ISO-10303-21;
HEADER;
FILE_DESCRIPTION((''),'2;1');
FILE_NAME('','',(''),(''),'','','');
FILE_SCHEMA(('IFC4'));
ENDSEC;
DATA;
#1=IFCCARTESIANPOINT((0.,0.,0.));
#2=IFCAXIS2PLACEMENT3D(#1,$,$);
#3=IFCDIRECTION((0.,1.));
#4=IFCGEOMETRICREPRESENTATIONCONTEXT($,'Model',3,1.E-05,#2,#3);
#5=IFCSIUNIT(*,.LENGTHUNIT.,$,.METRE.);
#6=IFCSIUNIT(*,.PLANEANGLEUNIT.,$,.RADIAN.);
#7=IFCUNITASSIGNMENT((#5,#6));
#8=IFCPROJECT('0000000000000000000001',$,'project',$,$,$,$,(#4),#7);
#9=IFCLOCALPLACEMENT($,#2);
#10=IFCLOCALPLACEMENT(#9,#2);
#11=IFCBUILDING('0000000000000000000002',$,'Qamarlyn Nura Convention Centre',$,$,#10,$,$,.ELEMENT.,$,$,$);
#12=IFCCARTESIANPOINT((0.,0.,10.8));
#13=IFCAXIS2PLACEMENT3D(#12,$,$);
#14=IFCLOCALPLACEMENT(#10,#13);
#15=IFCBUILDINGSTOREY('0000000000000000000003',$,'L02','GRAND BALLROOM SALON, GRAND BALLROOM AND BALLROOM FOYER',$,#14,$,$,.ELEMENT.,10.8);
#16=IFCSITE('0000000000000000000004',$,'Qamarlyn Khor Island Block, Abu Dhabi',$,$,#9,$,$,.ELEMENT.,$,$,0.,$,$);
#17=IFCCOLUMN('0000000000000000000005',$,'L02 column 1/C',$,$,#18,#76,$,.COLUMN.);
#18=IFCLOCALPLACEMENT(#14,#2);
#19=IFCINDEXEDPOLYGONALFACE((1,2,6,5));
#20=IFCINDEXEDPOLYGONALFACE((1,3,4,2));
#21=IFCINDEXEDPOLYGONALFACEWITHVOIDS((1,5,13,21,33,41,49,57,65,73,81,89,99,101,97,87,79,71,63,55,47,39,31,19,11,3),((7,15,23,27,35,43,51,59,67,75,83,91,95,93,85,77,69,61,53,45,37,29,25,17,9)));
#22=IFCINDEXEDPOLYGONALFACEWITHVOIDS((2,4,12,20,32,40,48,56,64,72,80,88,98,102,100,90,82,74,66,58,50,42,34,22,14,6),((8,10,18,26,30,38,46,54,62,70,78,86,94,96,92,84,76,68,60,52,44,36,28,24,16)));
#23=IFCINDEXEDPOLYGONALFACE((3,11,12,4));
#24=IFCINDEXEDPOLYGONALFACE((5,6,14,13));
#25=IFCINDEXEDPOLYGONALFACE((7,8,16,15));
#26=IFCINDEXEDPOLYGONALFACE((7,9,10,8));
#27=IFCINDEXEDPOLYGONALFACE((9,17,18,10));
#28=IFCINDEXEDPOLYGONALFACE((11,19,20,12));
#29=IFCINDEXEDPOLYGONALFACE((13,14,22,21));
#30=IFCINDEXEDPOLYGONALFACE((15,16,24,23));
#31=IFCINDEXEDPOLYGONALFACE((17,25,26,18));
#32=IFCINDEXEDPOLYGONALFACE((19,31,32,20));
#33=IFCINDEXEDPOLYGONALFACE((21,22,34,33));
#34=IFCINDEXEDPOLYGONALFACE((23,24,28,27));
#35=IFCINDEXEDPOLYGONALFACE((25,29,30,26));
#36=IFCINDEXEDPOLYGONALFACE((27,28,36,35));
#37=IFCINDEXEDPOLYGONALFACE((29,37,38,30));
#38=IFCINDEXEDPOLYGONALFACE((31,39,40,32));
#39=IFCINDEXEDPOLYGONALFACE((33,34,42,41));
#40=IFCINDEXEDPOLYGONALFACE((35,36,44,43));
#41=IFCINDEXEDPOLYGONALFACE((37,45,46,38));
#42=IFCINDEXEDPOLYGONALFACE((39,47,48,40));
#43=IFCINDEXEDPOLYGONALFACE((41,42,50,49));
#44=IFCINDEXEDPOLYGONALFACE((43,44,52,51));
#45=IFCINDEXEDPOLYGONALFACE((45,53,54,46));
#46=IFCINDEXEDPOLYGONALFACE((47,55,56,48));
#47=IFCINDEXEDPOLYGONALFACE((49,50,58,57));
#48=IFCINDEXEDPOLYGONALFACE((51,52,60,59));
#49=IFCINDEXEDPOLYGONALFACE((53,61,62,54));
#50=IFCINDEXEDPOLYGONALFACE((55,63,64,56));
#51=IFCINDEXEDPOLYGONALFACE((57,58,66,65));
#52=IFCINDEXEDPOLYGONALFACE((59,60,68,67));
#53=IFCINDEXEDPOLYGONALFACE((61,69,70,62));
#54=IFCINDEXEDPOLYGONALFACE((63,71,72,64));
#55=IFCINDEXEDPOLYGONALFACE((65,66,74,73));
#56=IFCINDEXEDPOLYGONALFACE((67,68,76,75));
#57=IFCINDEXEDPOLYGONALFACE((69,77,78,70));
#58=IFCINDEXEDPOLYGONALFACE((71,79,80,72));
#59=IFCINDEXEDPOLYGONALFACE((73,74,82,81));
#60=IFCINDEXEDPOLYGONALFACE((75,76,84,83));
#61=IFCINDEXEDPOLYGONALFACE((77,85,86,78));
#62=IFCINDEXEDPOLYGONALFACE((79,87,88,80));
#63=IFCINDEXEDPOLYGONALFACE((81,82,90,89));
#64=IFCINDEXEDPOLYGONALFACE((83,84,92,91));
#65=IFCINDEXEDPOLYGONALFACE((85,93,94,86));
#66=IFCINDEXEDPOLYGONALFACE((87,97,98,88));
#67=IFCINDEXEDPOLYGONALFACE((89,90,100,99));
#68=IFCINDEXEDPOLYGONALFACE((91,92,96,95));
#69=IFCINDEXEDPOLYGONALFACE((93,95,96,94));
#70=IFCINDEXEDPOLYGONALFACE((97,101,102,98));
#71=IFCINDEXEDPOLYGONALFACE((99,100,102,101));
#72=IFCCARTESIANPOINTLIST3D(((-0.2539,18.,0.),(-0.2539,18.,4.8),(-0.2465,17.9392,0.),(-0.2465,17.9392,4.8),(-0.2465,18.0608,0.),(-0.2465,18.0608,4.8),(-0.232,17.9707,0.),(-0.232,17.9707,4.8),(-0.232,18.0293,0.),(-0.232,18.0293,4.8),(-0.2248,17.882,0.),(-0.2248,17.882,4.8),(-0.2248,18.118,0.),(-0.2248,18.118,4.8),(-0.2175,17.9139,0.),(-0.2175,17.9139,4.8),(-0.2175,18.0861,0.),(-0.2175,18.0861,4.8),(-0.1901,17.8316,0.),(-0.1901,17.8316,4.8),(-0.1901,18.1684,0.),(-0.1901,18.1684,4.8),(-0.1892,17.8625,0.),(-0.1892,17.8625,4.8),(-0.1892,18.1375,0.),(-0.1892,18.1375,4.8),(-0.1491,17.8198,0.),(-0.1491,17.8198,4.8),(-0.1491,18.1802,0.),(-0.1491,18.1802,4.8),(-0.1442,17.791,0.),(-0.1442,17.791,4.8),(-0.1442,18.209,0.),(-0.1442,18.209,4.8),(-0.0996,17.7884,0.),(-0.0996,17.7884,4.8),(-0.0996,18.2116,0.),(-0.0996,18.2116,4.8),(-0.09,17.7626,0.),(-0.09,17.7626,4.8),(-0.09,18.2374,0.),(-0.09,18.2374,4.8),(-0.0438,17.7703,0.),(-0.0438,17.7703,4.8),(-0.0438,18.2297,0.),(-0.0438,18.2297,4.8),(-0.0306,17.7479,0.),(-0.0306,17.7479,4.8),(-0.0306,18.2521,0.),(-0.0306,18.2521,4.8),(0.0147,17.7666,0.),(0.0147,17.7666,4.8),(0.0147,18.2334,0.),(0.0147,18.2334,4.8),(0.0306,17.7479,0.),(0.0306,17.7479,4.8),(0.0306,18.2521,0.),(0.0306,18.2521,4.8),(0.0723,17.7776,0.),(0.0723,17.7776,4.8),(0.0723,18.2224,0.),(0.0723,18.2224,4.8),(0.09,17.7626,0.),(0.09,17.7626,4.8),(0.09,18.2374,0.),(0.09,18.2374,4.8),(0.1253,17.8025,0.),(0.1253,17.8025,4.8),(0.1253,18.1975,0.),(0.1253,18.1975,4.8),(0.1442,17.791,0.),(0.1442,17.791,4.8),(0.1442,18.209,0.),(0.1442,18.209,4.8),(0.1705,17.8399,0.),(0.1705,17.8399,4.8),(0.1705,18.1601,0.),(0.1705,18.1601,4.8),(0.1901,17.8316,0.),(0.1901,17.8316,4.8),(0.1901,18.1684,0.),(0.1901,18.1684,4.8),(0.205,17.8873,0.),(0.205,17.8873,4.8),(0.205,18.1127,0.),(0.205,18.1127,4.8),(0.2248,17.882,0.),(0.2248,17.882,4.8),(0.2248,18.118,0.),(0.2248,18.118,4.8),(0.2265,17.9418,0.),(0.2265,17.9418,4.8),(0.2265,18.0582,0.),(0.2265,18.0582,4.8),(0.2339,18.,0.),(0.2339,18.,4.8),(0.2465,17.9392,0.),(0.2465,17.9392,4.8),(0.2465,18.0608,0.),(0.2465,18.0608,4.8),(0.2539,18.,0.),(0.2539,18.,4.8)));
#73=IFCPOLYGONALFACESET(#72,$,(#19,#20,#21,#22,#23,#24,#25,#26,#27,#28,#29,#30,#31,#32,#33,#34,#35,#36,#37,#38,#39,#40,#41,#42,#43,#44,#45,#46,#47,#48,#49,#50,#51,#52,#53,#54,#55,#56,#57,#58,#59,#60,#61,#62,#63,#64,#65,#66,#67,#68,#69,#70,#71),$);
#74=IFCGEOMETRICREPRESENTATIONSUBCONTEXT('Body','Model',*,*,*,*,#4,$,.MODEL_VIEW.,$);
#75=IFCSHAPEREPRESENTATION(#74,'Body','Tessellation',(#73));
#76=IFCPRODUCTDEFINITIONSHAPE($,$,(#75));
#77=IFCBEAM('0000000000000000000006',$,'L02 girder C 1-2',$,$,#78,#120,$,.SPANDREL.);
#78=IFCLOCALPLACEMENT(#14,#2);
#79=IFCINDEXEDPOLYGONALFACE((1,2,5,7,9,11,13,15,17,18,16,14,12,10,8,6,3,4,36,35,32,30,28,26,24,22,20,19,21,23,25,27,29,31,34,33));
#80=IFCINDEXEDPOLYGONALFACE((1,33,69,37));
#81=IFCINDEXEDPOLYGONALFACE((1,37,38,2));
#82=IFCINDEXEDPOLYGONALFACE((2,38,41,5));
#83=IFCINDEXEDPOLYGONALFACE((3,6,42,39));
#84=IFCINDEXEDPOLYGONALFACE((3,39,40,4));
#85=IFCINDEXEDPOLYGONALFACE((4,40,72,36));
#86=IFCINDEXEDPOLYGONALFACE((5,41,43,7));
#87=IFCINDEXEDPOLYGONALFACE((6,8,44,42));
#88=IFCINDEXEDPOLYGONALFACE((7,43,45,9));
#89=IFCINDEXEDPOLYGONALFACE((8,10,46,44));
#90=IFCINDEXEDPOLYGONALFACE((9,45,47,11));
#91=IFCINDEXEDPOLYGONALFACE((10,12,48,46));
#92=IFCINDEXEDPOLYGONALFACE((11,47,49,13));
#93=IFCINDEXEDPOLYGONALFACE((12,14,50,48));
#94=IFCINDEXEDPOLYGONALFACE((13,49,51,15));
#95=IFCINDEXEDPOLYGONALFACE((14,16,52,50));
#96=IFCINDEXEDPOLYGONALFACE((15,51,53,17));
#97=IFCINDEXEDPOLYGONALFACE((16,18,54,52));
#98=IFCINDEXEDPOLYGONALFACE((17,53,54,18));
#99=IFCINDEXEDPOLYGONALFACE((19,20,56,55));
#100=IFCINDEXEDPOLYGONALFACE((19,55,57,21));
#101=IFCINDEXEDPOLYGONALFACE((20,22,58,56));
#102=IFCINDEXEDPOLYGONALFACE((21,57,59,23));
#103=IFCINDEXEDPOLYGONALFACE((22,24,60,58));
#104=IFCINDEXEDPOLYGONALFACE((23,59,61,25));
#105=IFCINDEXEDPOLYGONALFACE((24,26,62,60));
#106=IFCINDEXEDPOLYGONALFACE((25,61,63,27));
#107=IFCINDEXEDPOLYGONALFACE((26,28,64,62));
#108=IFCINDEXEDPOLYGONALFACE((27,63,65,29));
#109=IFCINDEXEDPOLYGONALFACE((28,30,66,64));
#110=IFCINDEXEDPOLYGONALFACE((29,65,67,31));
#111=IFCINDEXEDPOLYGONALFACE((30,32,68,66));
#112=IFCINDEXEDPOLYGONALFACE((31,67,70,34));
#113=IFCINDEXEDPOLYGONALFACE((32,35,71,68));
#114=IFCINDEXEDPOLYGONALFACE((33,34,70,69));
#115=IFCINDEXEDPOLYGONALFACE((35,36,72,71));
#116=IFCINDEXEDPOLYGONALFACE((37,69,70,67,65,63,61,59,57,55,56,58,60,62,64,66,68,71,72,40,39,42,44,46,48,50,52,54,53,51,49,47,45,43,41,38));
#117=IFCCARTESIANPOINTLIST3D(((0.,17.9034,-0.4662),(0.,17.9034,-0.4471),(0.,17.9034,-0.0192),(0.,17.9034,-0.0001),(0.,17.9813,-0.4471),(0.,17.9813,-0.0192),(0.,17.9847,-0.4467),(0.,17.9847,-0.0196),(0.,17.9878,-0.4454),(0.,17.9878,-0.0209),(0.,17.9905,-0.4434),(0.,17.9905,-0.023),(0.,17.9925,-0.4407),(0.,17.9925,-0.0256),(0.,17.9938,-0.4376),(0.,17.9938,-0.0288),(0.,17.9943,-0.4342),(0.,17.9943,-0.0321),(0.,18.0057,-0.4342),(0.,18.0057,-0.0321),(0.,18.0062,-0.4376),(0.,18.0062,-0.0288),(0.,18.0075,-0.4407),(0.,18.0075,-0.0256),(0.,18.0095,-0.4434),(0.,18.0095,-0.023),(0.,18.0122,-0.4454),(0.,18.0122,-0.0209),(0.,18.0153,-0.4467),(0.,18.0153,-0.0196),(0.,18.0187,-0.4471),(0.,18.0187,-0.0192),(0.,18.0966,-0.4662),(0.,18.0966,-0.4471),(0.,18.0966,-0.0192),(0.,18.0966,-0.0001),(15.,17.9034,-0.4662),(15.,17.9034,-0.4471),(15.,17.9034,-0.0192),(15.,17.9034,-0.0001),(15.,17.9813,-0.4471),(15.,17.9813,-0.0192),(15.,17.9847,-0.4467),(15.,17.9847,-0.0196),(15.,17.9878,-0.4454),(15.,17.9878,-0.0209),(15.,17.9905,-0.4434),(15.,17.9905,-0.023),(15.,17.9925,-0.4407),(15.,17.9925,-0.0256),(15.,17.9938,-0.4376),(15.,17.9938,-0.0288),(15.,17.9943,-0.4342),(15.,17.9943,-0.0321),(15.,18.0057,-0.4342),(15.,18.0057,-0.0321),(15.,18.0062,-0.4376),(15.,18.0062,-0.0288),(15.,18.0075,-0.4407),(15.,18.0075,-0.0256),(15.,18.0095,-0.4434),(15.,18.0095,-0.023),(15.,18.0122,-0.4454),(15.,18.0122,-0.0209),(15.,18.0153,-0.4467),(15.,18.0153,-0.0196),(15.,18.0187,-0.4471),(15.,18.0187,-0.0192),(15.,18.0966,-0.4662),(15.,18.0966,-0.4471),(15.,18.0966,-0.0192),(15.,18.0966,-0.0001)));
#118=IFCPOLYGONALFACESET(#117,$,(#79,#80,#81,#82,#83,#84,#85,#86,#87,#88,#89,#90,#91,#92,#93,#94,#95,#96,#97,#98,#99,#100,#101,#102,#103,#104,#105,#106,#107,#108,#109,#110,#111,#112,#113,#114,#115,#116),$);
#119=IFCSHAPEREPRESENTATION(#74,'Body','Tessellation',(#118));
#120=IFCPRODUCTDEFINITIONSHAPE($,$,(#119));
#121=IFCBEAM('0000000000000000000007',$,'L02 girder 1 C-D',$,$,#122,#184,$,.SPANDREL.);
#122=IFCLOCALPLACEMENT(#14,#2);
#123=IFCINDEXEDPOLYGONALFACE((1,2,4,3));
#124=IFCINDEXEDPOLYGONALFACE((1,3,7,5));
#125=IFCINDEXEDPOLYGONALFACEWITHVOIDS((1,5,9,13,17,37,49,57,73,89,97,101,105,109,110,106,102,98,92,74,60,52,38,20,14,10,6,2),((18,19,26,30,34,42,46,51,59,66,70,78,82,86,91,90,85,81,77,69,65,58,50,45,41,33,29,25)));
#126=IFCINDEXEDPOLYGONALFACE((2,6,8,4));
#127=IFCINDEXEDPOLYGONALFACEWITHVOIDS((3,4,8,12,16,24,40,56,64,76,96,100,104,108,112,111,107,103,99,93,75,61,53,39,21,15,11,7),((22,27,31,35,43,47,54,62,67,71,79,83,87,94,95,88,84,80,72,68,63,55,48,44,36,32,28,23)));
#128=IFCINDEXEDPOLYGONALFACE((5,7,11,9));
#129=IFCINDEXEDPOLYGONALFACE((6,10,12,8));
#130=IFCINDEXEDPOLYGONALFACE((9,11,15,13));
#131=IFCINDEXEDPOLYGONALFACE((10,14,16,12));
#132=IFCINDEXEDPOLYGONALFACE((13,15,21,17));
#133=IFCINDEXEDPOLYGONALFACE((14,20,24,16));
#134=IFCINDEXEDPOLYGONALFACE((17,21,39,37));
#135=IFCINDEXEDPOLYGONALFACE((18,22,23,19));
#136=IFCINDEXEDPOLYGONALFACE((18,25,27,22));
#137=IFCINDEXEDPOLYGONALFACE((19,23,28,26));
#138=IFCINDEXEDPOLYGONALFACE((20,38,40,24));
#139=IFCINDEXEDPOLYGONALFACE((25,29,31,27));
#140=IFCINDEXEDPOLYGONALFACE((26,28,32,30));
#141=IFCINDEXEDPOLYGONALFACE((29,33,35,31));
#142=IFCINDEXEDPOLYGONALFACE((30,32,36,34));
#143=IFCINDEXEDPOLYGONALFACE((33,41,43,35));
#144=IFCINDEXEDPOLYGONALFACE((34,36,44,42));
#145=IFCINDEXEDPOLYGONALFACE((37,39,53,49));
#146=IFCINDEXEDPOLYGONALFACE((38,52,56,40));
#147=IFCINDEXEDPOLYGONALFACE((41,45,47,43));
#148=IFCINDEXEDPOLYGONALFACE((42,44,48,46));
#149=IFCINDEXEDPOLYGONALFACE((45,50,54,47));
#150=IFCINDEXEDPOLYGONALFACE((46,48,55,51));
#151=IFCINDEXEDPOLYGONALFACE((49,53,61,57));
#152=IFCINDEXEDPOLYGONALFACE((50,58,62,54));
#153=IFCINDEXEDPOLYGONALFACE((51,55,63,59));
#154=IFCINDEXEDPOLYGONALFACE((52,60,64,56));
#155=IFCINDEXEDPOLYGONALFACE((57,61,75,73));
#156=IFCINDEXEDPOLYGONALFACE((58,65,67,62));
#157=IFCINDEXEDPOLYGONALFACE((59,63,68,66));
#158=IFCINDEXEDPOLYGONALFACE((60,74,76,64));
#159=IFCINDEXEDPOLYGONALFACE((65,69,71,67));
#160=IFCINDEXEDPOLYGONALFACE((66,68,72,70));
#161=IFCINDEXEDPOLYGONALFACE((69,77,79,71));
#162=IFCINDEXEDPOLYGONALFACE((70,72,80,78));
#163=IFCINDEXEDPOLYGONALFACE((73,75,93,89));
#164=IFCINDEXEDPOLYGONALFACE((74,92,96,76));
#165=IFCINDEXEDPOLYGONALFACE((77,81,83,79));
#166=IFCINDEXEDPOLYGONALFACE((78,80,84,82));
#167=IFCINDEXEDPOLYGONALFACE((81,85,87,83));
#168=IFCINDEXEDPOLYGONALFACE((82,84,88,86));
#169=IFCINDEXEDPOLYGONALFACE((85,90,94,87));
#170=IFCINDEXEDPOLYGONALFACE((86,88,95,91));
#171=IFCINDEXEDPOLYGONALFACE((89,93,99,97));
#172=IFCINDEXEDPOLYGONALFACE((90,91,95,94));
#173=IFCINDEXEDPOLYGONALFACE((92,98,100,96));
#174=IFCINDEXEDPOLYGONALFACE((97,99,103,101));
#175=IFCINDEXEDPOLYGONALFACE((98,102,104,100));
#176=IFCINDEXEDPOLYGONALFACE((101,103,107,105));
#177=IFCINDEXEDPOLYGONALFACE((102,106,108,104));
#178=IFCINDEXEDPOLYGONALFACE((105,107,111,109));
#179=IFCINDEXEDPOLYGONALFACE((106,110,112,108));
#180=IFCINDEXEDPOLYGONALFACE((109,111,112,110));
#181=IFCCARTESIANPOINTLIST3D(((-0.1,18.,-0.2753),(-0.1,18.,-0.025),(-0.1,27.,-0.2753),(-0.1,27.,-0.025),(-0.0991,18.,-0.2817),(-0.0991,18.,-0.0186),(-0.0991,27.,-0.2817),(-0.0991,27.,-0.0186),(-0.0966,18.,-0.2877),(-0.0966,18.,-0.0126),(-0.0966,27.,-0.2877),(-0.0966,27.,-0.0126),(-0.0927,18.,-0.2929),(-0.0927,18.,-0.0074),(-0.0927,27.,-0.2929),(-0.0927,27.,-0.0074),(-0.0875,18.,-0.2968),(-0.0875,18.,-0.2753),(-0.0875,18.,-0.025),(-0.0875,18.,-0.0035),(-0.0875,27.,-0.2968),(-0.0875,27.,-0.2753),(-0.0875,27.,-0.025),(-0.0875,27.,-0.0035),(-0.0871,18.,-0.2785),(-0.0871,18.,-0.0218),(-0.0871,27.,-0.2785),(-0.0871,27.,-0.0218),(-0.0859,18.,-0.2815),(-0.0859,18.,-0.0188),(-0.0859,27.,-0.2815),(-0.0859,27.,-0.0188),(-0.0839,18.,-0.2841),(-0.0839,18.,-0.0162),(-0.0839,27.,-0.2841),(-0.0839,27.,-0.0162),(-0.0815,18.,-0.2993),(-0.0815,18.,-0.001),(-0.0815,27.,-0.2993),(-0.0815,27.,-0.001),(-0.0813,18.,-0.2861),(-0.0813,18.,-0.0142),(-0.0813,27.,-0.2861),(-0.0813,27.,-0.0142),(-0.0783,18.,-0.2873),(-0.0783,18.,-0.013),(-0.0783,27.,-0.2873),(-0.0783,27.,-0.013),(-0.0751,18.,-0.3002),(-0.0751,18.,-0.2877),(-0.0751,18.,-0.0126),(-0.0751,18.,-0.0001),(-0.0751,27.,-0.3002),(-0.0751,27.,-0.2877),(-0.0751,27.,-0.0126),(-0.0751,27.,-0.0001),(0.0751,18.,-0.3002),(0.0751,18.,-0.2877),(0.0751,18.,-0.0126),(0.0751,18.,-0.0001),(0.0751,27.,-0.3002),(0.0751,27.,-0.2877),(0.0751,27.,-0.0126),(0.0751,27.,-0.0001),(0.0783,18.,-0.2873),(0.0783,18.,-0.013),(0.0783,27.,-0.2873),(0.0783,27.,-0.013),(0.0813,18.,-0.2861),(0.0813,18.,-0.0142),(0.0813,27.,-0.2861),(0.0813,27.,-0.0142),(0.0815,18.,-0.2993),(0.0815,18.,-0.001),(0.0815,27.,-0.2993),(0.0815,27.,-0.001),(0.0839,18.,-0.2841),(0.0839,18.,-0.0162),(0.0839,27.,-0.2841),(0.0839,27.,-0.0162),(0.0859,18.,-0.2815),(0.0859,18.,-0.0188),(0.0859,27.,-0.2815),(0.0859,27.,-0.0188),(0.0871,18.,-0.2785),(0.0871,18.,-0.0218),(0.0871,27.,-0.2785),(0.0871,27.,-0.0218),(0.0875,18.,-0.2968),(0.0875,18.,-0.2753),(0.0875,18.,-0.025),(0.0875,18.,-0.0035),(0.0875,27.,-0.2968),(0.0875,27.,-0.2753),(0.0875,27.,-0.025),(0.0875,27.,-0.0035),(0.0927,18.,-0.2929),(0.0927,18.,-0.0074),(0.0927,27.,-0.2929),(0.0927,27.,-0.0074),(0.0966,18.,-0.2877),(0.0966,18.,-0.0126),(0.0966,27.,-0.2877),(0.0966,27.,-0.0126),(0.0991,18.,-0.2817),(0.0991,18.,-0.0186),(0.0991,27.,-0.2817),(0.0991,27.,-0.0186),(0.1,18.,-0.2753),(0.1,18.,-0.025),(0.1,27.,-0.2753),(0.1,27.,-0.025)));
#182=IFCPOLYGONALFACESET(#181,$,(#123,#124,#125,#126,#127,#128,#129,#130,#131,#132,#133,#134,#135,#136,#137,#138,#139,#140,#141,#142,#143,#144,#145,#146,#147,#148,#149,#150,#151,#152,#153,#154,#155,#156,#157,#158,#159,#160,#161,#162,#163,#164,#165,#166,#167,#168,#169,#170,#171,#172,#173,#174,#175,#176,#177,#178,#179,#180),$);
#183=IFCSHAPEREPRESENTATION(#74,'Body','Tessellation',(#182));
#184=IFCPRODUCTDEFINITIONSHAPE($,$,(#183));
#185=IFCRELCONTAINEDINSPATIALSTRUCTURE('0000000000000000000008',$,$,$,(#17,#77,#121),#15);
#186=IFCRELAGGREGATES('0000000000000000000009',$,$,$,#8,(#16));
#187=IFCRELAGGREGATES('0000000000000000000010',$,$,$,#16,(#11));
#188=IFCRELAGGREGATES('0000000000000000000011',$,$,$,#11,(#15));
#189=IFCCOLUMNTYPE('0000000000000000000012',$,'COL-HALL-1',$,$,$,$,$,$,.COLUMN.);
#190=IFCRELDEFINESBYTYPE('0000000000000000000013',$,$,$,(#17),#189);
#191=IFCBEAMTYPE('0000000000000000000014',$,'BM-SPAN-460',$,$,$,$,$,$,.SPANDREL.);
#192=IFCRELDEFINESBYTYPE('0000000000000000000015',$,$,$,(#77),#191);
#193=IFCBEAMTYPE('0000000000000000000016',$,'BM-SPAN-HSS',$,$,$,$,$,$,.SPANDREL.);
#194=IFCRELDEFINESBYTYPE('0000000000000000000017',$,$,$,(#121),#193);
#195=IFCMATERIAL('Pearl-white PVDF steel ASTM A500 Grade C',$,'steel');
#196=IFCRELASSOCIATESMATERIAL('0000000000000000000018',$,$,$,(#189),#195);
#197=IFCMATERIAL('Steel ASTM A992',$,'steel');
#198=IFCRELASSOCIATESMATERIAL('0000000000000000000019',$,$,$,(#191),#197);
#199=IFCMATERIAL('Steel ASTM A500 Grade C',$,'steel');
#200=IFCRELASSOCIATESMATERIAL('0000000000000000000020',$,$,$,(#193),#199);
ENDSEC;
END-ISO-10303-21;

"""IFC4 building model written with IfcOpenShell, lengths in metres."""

from ifc_helpers import new_model, si_unit, direction, frame, origin, origin_2d, place, context, subcontext, project, spatial, hollow_rectangle, hollow_circle, i_section, extrude, material, material_profile, profile_set, type_object, element, save


model = new_model("IFC4")

# Units and contexts
model_context = context("Model", 3, precision=1e-05, world=origin(), true_north=direction((0.0, 1.0)))
body_context = subcontext(model_context, "Body", "Model", "MODEL_VIEW")
ifc_project = project(units=[si_unit("LENGTHUNIT", "METRE"), si_unit("PLANEANGLEUNIT", "RADIAN")], contexts=[model_context])

# Site, building, storey
site_placement = place(None, origin())
site = spatial("IfcSite", under=ifc_project, at=site_placement, Name="Qamarlyn Khor Island Block, Abu Dhabi", CompositionType="ELEMENT", RefElevation=0.0)
building_placement = place(site_placement, origin())
building = spatial("IfcBuilding", under=site, at=building_placement, Name="Qamarlyn Nura Convention Centre", CompositionType="ELEMENT")
storey_placement = place(building_placement, frame((0.0, 0.0, 10.8)))
storey = spatial("IfcBuildingStorey", under=building, at=storey_placement, Name="L02", Description="GRAND BALLROOM SALON, GRAND BALLROOM AND BALLROOM FOYER", CompositionType="ELEMENT", Elevation=10.8)

# Column
ifc_material_1 = material(Name="Pearl-white PVDF steel ASTM A500 Grade C", Category="steel")
ifc_material_profile_1 = material_profile(ifc_material_1, hollow_circle(Radius=0.2539, WallThickness=0.02, at=origin_2d()), Name="CHS508X20")
ifc_profile_set_1 = profile_set([ifc_material_profile_1], Name="Pearl-white PVDF steel ASTM A500 Grade C")
column_type = type_object("IfcColumnType", Name="COL-HALL-1", PredefinedType="COLUMN", material=ifc_profile_set_1)
column_placement = place(storey_placement, frame((0.0, 18.0, 0.0), z_axis=(0.0, 0.0, 1.0), x_axis=(1.0, 0.0, 0.0)))
element("IfcColumn", 1, at=column_placement, inside=storey, type_object=column_type, Name="L02 column 1/C", PredefinedType="COLUMN", context=body_context, shape_type="SweptSolid", body=[
    extrude(hollow_circle(Radius=0.2539, WallThickness=0.02, at=origin_2d()), origin(), (0.0, 0.0, 1.0), 4.8),
])

# Beams
ifc_material_2 = material(Name="Steel ASTM A992", Category="steel")
ifc_material_profile_2 = material_profile(ifc_material_2, i_section(OverallWidth=0.1931, OverallDepth=0.4661, WebThickness=0.0115, FlangeThickness=0.019, FilletRadius=0.0129, at=origin_2d()), Name="W460X97")
ifc_profile_set_2 = profile_set([ifc_material_profile_2], Name="Steel ASTM A992")
beam_type_1 = type_object("IfcBeamType", Name="BM-SPAN-460", PredefinedType="SPANDREL", material=ifc_profile_set_2)
beam_1_placement = place(storey_placement, frame((0.0, 18.0, -0.2332), z_axis=(1.0, 0.0, 0.0), x_axis=(0.0, 1.0, 0.0)))
element("IfcBeam", 2, at=beam_1_placement, inside=storey, type_object=beam_type_1, Name="L02 girder C 1-2", PredefinedType="SPANDREL", context=body_context, shape_type="SweptSolid", body=[
    extrude(i_section(OverallWidth=0.1931, OverallDepth=0.4661, WebThickness=0.0115, FlangeThickness=0.019, FilletRadius=0.0129, at=origin_2d()), origin(), (0.0, 0.0, 1.0), 15.0),
])
ifc_material_3 = material(Name="Steel ASTM A500 Grade C", Category="steel")
ifc_material_profile_3 = material_profile(ifc_material_3, hollow_rectangle(XDim=0.2, YDim=0.3, WallThickness=0.0125, InnerFilletRadius=0.0125, OuterFilletRadius=0.0249, at=origin_2d()), Name="HSS300X200X12.5")
ifc_profile_set_3 = profile_set([ifc_material_profile_3], Name="Steel ASTM A500 Grade C")
beam_type_2 = type_object("IfcBeamType", Name="BM-SPAN-HSS", PredefinedType="SPANDREL", material=ifc_profile_set_3)
beam_2_placement = place(storey_placement, frame((0.0, 18.0, -0.1501), z_axis=(0.0, 1.0, 0.0), x_axis=(-1.0, 0.0, 0.0)))
element("IfcBeam", 3, at=beam_2_placement, inside=storey, type_object=beam_type_2, Name="L02 girder 1 C-D", PredefinedType="SPANDREL", context=body_context, shape_type="SweptSolid", body=[
    extrude(hollow_rectangle(XDim=0.2, YDim=0.3, WallThickness=0.0125, InnerFilletRadius=0.0125, OuterFilletRadius=0.0249, at=origin_2d()), origin(), (0.0, 0.0, 1.0), 9.0),
])

save(model, "model.ifc")
